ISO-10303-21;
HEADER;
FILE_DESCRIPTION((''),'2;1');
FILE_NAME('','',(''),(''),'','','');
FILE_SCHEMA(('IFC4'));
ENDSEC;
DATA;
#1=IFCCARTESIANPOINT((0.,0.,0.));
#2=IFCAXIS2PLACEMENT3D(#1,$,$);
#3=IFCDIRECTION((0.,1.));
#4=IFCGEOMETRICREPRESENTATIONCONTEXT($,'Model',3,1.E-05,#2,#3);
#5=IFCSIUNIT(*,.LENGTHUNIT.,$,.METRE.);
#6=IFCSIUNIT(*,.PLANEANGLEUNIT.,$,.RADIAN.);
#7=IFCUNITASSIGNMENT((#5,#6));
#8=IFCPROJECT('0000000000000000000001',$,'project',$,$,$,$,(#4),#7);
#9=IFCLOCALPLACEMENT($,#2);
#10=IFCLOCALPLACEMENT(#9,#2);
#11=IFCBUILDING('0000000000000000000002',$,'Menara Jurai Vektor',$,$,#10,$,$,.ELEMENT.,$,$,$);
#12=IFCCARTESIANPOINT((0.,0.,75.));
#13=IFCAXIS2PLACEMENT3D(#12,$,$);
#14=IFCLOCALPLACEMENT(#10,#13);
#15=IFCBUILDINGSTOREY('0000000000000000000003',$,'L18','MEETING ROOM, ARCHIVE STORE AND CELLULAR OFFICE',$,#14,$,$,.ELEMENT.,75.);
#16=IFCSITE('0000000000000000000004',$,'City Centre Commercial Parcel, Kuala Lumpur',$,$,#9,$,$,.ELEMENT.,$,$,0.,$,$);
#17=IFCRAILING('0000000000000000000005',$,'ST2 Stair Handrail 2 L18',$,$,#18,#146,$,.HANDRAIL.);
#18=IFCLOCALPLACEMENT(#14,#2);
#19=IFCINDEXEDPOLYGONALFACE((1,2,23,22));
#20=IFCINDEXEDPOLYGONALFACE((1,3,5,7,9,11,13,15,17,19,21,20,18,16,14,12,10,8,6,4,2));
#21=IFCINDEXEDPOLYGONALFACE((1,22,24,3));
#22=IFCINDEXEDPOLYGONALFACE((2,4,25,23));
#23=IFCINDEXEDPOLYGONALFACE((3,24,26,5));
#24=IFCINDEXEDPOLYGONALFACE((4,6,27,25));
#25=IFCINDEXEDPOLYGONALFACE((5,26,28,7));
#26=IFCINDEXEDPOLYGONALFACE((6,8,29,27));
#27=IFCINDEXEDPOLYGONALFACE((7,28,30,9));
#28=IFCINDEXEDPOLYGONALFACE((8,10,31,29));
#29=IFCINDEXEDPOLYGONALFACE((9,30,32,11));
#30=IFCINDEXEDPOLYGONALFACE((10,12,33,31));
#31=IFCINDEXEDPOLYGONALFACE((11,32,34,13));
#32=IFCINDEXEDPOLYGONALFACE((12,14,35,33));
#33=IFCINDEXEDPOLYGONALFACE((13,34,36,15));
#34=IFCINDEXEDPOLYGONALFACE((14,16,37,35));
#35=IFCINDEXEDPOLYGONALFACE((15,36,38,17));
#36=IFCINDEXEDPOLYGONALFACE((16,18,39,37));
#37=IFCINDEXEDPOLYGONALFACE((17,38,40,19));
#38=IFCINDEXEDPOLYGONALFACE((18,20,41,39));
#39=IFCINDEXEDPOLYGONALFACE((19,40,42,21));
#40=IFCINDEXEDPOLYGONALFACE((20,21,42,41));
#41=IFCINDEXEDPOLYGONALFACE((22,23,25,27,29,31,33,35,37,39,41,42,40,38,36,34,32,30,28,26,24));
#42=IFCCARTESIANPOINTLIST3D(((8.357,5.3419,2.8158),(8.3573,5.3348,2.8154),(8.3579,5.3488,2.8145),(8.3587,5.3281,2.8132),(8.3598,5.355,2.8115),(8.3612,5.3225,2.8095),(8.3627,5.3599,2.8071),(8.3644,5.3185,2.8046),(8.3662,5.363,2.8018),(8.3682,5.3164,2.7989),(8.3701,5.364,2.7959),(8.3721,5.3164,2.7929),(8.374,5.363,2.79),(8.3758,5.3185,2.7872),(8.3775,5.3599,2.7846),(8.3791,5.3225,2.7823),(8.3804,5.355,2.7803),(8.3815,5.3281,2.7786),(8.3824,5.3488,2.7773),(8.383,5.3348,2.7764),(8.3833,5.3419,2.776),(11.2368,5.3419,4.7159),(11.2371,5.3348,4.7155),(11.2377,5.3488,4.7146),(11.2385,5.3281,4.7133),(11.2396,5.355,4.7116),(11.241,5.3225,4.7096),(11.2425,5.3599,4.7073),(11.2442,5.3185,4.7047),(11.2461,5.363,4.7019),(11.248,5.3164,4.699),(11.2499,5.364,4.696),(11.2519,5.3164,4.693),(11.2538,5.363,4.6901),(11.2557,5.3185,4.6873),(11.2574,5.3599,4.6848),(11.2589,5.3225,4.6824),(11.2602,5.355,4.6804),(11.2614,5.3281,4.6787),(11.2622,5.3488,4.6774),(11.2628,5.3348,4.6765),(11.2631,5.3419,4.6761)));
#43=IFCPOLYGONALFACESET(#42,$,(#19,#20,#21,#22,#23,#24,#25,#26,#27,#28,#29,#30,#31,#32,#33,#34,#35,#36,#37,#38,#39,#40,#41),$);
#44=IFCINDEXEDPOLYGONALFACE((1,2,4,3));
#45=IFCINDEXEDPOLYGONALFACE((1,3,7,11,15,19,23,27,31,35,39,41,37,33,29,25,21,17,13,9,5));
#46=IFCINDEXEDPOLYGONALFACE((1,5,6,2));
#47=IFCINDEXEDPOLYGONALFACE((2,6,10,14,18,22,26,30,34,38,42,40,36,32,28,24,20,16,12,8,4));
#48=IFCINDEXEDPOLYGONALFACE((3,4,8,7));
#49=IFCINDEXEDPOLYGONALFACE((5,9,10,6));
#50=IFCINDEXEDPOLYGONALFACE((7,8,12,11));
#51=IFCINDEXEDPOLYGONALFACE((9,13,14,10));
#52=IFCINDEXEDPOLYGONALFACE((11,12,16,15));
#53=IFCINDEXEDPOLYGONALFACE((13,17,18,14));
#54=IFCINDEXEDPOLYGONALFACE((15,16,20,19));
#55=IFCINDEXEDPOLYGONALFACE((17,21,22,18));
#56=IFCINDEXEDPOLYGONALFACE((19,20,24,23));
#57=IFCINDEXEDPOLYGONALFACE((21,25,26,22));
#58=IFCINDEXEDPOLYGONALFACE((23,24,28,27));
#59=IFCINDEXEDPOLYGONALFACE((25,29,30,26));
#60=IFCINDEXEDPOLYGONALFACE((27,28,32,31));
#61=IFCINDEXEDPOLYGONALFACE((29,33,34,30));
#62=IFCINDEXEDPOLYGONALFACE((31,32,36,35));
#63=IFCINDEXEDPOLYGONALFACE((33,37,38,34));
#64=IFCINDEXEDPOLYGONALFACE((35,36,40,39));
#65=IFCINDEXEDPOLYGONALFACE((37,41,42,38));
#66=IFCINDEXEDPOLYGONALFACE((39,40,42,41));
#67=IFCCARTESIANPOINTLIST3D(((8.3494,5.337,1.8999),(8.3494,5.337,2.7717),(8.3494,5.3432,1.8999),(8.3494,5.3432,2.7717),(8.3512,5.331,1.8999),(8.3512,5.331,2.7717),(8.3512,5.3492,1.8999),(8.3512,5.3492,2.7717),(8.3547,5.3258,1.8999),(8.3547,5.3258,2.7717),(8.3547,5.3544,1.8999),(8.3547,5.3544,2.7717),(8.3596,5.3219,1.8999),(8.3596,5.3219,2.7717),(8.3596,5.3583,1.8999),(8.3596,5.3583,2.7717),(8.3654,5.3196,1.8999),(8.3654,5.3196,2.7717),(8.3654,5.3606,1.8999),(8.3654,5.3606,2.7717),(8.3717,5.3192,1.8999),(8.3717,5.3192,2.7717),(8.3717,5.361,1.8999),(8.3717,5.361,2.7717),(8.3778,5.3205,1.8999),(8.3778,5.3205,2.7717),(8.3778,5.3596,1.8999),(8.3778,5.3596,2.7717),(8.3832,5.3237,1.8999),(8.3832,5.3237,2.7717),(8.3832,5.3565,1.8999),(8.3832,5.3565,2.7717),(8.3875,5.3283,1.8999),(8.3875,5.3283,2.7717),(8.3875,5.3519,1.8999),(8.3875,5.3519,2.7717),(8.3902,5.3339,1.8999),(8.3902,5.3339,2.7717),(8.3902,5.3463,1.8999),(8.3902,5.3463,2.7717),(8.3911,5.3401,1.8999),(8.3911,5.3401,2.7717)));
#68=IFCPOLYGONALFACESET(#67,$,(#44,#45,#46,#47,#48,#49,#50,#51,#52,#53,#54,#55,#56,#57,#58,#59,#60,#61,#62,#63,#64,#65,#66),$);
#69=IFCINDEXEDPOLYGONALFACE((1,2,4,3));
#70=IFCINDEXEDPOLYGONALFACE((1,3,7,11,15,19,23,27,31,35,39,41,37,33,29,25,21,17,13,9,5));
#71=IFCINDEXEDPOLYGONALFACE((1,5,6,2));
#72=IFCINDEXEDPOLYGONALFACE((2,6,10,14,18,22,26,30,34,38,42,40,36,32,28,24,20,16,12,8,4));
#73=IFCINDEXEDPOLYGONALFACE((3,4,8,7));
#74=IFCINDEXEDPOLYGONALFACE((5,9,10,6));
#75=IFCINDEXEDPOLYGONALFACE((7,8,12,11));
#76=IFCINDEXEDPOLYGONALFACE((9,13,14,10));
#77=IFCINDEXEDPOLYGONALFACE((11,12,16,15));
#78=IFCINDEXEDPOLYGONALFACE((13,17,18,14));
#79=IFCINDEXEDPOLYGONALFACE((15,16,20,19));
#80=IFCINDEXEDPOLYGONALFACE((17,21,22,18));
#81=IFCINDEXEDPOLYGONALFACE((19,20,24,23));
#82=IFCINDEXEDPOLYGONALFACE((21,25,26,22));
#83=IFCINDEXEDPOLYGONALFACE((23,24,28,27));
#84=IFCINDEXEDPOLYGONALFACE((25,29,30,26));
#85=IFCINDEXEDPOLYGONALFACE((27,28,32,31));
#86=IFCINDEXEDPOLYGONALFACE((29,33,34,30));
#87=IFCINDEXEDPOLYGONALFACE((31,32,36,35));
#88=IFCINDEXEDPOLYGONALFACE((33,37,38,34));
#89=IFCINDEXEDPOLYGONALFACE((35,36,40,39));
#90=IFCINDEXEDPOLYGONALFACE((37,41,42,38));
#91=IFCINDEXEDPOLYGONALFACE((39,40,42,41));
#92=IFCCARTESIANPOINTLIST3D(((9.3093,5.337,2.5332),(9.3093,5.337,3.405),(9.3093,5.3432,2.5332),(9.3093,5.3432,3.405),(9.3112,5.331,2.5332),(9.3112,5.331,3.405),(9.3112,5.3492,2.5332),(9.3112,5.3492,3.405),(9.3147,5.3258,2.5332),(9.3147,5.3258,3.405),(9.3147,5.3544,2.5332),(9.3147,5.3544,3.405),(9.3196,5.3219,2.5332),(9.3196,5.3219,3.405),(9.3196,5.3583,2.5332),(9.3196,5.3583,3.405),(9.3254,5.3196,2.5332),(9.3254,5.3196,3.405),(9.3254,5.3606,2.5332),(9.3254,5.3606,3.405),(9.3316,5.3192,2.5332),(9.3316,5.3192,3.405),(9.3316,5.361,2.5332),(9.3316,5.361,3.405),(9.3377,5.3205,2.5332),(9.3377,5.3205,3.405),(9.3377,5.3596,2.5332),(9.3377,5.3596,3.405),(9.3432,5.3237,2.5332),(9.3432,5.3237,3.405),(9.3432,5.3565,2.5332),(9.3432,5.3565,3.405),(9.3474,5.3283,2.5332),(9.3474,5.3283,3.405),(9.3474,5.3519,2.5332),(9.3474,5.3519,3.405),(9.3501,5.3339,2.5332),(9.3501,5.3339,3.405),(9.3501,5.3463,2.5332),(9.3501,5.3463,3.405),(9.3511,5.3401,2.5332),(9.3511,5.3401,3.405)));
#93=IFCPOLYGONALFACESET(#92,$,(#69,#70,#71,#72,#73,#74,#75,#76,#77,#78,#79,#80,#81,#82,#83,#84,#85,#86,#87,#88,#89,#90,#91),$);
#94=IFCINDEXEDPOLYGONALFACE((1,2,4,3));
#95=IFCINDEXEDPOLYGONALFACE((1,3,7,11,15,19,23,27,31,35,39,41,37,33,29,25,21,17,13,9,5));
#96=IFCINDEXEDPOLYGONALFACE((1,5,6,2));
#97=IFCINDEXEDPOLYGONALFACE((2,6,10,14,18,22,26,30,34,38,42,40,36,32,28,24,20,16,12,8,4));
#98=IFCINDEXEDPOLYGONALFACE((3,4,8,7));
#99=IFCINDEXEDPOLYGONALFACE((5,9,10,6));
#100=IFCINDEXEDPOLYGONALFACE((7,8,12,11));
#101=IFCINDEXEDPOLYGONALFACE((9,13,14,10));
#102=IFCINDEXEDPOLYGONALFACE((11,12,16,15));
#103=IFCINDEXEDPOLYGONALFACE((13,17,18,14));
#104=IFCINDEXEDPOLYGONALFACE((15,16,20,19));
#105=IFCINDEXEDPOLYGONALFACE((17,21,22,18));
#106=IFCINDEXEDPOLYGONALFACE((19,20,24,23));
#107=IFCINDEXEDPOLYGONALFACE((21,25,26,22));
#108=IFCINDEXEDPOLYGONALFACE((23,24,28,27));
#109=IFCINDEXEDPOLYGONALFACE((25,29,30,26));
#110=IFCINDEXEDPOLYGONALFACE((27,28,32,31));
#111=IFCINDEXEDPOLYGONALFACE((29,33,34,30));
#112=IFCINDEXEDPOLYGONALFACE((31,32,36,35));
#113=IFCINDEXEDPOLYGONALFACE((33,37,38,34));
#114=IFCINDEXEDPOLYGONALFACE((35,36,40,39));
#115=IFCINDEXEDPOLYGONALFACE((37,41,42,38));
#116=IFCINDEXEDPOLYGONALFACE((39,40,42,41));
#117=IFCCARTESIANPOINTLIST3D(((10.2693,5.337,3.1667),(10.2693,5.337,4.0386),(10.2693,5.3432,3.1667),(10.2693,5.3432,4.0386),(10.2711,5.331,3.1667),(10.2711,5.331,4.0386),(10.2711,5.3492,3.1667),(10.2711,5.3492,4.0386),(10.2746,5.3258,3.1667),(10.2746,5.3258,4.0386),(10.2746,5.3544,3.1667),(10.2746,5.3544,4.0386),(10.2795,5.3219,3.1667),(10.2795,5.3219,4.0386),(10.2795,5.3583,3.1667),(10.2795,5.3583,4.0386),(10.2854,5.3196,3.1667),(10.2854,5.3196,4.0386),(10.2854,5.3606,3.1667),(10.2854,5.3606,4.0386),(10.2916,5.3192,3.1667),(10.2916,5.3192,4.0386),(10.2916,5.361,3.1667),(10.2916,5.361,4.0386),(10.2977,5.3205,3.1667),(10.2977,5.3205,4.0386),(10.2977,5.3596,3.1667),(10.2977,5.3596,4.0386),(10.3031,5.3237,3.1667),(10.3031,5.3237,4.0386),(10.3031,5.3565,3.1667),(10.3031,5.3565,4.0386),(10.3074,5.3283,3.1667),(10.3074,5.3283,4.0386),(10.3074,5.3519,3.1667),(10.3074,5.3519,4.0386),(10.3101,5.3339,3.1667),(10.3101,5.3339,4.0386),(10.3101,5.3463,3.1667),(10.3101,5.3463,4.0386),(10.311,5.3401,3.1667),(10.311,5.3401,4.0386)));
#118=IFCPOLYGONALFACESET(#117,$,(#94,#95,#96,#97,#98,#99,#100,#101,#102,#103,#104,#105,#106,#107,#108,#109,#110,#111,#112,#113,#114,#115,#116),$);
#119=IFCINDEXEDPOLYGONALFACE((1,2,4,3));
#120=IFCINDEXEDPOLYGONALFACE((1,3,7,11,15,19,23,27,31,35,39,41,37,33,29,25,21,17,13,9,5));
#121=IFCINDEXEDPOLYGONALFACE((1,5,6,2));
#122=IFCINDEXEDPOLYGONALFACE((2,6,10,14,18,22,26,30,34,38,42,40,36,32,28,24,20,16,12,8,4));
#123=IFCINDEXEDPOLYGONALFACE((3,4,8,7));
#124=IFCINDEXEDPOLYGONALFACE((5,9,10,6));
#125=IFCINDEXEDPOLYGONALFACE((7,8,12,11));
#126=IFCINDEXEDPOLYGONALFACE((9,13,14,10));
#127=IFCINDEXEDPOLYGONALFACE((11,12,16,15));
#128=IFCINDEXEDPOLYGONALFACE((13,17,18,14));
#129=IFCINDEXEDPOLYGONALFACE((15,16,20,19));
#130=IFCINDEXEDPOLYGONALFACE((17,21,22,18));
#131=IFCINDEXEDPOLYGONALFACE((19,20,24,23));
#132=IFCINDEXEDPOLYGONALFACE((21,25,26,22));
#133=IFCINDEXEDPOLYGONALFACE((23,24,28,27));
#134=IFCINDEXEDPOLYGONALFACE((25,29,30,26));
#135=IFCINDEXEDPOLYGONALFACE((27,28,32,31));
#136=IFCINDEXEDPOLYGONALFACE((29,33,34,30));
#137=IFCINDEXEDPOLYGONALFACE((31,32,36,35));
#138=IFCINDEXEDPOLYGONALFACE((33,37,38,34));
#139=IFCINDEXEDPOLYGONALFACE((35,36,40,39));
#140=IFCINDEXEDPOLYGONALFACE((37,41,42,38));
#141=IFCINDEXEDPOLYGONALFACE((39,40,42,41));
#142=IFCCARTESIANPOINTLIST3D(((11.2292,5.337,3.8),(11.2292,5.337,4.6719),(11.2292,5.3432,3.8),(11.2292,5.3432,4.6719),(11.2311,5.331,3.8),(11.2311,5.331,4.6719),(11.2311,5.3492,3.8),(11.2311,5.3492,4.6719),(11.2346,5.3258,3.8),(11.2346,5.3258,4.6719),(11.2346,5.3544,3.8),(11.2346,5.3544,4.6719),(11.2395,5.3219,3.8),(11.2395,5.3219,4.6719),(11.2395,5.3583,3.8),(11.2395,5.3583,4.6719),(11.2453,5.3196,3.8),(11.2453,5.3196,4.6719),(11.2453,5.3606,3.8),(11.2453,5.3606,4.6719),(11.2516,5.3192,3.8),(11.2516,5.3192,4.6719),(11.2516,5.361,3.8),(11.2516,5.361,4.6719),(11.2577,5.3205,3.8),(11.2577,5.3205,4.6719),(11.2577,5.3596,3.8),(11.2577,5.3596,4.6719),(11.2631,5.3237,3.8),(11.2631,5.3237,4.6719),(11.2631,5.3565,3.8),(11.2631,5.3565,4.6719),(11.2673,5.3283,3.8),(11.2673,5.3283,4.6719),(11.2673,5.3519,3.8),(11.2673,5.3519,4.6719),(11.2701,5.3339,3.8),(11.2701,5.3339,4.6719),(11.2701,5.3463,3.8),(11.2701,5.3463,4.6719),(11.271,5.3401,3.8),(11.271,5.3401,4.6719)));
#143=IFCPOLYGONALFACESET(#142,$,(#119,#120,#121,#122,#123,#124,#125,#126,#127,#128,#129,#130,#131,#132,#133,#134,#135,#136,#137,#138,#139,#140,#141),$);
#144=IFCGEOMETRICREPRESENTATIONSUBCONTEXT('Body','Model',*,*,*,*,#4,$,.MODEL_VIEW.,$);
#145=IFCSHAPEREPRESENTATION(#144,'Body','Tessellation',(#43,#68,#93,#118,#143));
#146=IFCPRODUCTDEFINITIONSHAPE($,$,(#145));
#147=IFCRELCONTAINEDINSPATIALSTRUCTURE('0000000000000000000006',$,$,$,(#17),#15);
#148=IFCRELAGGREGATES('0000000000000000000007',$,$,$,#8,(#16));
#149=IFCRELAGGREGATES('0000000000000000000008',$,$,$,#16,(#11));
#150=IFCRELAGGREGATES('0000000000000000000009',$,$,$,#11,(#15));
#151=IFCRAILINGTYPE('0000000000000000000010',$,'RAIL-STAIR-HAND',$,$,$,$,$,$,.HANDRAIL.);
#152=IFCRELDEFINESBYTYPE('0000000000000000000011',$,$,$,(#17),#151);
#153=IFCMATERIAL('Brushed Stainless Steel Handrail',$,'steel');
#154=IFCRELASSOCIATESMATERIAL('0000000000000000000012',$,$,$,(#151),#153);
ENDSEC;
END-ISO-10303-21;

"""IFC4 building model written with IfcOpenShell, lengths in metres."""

from ifc_helpers import new_model, si_unit, direction, frame, origin, origin_2d, place, context, subcontext, project, spatial, circle, extrude, material, type_object, element, save


model = new_model("IFC4")

# Units and contexts
model_context = context("Model", 3, precision=1e-05, world=origin(), true_north=direction((0.0, 1.0)))
body_context = subcontext(model_context, "Body", "Model", "MODEL_VIEW")
ifc_project = project(units=[si_unit("LENGTHUNIT", "METRE"), si_unit("PLANEANGLEUNIT", "RADIAN")], contexts=[model_context])

# Site, building, storey
site_placement = place(None, origin())
site = spatial("IfcSite", under=ifc_project, at=site_placement, Name="City Centre Commercial Parcel, Kuala Lumpur", CompositionType="ELEMENT", RefElevation=0.0)
building_placement = place(site_placement, origin())
building = spatial("IfcBuilding", under=site, at=building_placement, Name="Menara Jurai Vektor", CompositionType="ELEMENT")
storey_placement = place(building_placement, frame((0.0, 0.0, 75.0)))
storey = spatial("IfcBuildingStorey", under=building, at=storey_placement, Name="L18", Description="MEETING ROOM, ARCHIVE STORE AND CELLULAR OFFICE", CompositionType="ELEMENT", Elevation=75.0)

# Railing
ifc_material_1 = material(Name="Brushed Stainless Steel Handrail", Category="steel")
railing_type_1 = type_object("IfcRailingType", Name="RAIL-STAIR-HAND", PredefinedType="HANDRAIL", material=ifc_material_1)
railing_1_placement = place(storey_placement, frame((8.3701, 5.3401, 1.8999)))
element("IfcRailing", 1, at=railing_1_placement, inside=storey, type_object=railing_type_1, Name="ST2 Stair Handrail 2 L18", PredefinedType="HANDRAIL", context=body_context, shape_type="SweptSolid", body=[
    extrude(circle(Radius=0.0239, at=origin_2d()), frame((0.0, 0.0, 0.896), z_axis=(0.834686, 0.0, 0.550726), x_axis=(0.0, 1.0, 0.0)), (0.0, 0.0, 1.0), 3.4502),
    extrude(circle(Radius=0.021, at=origin_2d()), origin(), (0.0, 0.0, 1.0), 0.8718),
    extrude(circle(Radius=0.021, at=origin_2d()), frame((0.96, 0.0, 0.6333)), (0.0, 0.0, 1.0), 0.8718),
    extrude(circle(Radius=0.021, at=origin_2d()), frame((1.9199, 0.0, 1.2668)), (0.0, 0.0, 1.0), 0.8718),
    extrude(circle(Radius=0.021, at=origin_2d()), frame((2.8799, 0.0, 1.9001)), (0.0, 0.0, 1.0), 0.8718),
])

save(model, "model.ifc")
